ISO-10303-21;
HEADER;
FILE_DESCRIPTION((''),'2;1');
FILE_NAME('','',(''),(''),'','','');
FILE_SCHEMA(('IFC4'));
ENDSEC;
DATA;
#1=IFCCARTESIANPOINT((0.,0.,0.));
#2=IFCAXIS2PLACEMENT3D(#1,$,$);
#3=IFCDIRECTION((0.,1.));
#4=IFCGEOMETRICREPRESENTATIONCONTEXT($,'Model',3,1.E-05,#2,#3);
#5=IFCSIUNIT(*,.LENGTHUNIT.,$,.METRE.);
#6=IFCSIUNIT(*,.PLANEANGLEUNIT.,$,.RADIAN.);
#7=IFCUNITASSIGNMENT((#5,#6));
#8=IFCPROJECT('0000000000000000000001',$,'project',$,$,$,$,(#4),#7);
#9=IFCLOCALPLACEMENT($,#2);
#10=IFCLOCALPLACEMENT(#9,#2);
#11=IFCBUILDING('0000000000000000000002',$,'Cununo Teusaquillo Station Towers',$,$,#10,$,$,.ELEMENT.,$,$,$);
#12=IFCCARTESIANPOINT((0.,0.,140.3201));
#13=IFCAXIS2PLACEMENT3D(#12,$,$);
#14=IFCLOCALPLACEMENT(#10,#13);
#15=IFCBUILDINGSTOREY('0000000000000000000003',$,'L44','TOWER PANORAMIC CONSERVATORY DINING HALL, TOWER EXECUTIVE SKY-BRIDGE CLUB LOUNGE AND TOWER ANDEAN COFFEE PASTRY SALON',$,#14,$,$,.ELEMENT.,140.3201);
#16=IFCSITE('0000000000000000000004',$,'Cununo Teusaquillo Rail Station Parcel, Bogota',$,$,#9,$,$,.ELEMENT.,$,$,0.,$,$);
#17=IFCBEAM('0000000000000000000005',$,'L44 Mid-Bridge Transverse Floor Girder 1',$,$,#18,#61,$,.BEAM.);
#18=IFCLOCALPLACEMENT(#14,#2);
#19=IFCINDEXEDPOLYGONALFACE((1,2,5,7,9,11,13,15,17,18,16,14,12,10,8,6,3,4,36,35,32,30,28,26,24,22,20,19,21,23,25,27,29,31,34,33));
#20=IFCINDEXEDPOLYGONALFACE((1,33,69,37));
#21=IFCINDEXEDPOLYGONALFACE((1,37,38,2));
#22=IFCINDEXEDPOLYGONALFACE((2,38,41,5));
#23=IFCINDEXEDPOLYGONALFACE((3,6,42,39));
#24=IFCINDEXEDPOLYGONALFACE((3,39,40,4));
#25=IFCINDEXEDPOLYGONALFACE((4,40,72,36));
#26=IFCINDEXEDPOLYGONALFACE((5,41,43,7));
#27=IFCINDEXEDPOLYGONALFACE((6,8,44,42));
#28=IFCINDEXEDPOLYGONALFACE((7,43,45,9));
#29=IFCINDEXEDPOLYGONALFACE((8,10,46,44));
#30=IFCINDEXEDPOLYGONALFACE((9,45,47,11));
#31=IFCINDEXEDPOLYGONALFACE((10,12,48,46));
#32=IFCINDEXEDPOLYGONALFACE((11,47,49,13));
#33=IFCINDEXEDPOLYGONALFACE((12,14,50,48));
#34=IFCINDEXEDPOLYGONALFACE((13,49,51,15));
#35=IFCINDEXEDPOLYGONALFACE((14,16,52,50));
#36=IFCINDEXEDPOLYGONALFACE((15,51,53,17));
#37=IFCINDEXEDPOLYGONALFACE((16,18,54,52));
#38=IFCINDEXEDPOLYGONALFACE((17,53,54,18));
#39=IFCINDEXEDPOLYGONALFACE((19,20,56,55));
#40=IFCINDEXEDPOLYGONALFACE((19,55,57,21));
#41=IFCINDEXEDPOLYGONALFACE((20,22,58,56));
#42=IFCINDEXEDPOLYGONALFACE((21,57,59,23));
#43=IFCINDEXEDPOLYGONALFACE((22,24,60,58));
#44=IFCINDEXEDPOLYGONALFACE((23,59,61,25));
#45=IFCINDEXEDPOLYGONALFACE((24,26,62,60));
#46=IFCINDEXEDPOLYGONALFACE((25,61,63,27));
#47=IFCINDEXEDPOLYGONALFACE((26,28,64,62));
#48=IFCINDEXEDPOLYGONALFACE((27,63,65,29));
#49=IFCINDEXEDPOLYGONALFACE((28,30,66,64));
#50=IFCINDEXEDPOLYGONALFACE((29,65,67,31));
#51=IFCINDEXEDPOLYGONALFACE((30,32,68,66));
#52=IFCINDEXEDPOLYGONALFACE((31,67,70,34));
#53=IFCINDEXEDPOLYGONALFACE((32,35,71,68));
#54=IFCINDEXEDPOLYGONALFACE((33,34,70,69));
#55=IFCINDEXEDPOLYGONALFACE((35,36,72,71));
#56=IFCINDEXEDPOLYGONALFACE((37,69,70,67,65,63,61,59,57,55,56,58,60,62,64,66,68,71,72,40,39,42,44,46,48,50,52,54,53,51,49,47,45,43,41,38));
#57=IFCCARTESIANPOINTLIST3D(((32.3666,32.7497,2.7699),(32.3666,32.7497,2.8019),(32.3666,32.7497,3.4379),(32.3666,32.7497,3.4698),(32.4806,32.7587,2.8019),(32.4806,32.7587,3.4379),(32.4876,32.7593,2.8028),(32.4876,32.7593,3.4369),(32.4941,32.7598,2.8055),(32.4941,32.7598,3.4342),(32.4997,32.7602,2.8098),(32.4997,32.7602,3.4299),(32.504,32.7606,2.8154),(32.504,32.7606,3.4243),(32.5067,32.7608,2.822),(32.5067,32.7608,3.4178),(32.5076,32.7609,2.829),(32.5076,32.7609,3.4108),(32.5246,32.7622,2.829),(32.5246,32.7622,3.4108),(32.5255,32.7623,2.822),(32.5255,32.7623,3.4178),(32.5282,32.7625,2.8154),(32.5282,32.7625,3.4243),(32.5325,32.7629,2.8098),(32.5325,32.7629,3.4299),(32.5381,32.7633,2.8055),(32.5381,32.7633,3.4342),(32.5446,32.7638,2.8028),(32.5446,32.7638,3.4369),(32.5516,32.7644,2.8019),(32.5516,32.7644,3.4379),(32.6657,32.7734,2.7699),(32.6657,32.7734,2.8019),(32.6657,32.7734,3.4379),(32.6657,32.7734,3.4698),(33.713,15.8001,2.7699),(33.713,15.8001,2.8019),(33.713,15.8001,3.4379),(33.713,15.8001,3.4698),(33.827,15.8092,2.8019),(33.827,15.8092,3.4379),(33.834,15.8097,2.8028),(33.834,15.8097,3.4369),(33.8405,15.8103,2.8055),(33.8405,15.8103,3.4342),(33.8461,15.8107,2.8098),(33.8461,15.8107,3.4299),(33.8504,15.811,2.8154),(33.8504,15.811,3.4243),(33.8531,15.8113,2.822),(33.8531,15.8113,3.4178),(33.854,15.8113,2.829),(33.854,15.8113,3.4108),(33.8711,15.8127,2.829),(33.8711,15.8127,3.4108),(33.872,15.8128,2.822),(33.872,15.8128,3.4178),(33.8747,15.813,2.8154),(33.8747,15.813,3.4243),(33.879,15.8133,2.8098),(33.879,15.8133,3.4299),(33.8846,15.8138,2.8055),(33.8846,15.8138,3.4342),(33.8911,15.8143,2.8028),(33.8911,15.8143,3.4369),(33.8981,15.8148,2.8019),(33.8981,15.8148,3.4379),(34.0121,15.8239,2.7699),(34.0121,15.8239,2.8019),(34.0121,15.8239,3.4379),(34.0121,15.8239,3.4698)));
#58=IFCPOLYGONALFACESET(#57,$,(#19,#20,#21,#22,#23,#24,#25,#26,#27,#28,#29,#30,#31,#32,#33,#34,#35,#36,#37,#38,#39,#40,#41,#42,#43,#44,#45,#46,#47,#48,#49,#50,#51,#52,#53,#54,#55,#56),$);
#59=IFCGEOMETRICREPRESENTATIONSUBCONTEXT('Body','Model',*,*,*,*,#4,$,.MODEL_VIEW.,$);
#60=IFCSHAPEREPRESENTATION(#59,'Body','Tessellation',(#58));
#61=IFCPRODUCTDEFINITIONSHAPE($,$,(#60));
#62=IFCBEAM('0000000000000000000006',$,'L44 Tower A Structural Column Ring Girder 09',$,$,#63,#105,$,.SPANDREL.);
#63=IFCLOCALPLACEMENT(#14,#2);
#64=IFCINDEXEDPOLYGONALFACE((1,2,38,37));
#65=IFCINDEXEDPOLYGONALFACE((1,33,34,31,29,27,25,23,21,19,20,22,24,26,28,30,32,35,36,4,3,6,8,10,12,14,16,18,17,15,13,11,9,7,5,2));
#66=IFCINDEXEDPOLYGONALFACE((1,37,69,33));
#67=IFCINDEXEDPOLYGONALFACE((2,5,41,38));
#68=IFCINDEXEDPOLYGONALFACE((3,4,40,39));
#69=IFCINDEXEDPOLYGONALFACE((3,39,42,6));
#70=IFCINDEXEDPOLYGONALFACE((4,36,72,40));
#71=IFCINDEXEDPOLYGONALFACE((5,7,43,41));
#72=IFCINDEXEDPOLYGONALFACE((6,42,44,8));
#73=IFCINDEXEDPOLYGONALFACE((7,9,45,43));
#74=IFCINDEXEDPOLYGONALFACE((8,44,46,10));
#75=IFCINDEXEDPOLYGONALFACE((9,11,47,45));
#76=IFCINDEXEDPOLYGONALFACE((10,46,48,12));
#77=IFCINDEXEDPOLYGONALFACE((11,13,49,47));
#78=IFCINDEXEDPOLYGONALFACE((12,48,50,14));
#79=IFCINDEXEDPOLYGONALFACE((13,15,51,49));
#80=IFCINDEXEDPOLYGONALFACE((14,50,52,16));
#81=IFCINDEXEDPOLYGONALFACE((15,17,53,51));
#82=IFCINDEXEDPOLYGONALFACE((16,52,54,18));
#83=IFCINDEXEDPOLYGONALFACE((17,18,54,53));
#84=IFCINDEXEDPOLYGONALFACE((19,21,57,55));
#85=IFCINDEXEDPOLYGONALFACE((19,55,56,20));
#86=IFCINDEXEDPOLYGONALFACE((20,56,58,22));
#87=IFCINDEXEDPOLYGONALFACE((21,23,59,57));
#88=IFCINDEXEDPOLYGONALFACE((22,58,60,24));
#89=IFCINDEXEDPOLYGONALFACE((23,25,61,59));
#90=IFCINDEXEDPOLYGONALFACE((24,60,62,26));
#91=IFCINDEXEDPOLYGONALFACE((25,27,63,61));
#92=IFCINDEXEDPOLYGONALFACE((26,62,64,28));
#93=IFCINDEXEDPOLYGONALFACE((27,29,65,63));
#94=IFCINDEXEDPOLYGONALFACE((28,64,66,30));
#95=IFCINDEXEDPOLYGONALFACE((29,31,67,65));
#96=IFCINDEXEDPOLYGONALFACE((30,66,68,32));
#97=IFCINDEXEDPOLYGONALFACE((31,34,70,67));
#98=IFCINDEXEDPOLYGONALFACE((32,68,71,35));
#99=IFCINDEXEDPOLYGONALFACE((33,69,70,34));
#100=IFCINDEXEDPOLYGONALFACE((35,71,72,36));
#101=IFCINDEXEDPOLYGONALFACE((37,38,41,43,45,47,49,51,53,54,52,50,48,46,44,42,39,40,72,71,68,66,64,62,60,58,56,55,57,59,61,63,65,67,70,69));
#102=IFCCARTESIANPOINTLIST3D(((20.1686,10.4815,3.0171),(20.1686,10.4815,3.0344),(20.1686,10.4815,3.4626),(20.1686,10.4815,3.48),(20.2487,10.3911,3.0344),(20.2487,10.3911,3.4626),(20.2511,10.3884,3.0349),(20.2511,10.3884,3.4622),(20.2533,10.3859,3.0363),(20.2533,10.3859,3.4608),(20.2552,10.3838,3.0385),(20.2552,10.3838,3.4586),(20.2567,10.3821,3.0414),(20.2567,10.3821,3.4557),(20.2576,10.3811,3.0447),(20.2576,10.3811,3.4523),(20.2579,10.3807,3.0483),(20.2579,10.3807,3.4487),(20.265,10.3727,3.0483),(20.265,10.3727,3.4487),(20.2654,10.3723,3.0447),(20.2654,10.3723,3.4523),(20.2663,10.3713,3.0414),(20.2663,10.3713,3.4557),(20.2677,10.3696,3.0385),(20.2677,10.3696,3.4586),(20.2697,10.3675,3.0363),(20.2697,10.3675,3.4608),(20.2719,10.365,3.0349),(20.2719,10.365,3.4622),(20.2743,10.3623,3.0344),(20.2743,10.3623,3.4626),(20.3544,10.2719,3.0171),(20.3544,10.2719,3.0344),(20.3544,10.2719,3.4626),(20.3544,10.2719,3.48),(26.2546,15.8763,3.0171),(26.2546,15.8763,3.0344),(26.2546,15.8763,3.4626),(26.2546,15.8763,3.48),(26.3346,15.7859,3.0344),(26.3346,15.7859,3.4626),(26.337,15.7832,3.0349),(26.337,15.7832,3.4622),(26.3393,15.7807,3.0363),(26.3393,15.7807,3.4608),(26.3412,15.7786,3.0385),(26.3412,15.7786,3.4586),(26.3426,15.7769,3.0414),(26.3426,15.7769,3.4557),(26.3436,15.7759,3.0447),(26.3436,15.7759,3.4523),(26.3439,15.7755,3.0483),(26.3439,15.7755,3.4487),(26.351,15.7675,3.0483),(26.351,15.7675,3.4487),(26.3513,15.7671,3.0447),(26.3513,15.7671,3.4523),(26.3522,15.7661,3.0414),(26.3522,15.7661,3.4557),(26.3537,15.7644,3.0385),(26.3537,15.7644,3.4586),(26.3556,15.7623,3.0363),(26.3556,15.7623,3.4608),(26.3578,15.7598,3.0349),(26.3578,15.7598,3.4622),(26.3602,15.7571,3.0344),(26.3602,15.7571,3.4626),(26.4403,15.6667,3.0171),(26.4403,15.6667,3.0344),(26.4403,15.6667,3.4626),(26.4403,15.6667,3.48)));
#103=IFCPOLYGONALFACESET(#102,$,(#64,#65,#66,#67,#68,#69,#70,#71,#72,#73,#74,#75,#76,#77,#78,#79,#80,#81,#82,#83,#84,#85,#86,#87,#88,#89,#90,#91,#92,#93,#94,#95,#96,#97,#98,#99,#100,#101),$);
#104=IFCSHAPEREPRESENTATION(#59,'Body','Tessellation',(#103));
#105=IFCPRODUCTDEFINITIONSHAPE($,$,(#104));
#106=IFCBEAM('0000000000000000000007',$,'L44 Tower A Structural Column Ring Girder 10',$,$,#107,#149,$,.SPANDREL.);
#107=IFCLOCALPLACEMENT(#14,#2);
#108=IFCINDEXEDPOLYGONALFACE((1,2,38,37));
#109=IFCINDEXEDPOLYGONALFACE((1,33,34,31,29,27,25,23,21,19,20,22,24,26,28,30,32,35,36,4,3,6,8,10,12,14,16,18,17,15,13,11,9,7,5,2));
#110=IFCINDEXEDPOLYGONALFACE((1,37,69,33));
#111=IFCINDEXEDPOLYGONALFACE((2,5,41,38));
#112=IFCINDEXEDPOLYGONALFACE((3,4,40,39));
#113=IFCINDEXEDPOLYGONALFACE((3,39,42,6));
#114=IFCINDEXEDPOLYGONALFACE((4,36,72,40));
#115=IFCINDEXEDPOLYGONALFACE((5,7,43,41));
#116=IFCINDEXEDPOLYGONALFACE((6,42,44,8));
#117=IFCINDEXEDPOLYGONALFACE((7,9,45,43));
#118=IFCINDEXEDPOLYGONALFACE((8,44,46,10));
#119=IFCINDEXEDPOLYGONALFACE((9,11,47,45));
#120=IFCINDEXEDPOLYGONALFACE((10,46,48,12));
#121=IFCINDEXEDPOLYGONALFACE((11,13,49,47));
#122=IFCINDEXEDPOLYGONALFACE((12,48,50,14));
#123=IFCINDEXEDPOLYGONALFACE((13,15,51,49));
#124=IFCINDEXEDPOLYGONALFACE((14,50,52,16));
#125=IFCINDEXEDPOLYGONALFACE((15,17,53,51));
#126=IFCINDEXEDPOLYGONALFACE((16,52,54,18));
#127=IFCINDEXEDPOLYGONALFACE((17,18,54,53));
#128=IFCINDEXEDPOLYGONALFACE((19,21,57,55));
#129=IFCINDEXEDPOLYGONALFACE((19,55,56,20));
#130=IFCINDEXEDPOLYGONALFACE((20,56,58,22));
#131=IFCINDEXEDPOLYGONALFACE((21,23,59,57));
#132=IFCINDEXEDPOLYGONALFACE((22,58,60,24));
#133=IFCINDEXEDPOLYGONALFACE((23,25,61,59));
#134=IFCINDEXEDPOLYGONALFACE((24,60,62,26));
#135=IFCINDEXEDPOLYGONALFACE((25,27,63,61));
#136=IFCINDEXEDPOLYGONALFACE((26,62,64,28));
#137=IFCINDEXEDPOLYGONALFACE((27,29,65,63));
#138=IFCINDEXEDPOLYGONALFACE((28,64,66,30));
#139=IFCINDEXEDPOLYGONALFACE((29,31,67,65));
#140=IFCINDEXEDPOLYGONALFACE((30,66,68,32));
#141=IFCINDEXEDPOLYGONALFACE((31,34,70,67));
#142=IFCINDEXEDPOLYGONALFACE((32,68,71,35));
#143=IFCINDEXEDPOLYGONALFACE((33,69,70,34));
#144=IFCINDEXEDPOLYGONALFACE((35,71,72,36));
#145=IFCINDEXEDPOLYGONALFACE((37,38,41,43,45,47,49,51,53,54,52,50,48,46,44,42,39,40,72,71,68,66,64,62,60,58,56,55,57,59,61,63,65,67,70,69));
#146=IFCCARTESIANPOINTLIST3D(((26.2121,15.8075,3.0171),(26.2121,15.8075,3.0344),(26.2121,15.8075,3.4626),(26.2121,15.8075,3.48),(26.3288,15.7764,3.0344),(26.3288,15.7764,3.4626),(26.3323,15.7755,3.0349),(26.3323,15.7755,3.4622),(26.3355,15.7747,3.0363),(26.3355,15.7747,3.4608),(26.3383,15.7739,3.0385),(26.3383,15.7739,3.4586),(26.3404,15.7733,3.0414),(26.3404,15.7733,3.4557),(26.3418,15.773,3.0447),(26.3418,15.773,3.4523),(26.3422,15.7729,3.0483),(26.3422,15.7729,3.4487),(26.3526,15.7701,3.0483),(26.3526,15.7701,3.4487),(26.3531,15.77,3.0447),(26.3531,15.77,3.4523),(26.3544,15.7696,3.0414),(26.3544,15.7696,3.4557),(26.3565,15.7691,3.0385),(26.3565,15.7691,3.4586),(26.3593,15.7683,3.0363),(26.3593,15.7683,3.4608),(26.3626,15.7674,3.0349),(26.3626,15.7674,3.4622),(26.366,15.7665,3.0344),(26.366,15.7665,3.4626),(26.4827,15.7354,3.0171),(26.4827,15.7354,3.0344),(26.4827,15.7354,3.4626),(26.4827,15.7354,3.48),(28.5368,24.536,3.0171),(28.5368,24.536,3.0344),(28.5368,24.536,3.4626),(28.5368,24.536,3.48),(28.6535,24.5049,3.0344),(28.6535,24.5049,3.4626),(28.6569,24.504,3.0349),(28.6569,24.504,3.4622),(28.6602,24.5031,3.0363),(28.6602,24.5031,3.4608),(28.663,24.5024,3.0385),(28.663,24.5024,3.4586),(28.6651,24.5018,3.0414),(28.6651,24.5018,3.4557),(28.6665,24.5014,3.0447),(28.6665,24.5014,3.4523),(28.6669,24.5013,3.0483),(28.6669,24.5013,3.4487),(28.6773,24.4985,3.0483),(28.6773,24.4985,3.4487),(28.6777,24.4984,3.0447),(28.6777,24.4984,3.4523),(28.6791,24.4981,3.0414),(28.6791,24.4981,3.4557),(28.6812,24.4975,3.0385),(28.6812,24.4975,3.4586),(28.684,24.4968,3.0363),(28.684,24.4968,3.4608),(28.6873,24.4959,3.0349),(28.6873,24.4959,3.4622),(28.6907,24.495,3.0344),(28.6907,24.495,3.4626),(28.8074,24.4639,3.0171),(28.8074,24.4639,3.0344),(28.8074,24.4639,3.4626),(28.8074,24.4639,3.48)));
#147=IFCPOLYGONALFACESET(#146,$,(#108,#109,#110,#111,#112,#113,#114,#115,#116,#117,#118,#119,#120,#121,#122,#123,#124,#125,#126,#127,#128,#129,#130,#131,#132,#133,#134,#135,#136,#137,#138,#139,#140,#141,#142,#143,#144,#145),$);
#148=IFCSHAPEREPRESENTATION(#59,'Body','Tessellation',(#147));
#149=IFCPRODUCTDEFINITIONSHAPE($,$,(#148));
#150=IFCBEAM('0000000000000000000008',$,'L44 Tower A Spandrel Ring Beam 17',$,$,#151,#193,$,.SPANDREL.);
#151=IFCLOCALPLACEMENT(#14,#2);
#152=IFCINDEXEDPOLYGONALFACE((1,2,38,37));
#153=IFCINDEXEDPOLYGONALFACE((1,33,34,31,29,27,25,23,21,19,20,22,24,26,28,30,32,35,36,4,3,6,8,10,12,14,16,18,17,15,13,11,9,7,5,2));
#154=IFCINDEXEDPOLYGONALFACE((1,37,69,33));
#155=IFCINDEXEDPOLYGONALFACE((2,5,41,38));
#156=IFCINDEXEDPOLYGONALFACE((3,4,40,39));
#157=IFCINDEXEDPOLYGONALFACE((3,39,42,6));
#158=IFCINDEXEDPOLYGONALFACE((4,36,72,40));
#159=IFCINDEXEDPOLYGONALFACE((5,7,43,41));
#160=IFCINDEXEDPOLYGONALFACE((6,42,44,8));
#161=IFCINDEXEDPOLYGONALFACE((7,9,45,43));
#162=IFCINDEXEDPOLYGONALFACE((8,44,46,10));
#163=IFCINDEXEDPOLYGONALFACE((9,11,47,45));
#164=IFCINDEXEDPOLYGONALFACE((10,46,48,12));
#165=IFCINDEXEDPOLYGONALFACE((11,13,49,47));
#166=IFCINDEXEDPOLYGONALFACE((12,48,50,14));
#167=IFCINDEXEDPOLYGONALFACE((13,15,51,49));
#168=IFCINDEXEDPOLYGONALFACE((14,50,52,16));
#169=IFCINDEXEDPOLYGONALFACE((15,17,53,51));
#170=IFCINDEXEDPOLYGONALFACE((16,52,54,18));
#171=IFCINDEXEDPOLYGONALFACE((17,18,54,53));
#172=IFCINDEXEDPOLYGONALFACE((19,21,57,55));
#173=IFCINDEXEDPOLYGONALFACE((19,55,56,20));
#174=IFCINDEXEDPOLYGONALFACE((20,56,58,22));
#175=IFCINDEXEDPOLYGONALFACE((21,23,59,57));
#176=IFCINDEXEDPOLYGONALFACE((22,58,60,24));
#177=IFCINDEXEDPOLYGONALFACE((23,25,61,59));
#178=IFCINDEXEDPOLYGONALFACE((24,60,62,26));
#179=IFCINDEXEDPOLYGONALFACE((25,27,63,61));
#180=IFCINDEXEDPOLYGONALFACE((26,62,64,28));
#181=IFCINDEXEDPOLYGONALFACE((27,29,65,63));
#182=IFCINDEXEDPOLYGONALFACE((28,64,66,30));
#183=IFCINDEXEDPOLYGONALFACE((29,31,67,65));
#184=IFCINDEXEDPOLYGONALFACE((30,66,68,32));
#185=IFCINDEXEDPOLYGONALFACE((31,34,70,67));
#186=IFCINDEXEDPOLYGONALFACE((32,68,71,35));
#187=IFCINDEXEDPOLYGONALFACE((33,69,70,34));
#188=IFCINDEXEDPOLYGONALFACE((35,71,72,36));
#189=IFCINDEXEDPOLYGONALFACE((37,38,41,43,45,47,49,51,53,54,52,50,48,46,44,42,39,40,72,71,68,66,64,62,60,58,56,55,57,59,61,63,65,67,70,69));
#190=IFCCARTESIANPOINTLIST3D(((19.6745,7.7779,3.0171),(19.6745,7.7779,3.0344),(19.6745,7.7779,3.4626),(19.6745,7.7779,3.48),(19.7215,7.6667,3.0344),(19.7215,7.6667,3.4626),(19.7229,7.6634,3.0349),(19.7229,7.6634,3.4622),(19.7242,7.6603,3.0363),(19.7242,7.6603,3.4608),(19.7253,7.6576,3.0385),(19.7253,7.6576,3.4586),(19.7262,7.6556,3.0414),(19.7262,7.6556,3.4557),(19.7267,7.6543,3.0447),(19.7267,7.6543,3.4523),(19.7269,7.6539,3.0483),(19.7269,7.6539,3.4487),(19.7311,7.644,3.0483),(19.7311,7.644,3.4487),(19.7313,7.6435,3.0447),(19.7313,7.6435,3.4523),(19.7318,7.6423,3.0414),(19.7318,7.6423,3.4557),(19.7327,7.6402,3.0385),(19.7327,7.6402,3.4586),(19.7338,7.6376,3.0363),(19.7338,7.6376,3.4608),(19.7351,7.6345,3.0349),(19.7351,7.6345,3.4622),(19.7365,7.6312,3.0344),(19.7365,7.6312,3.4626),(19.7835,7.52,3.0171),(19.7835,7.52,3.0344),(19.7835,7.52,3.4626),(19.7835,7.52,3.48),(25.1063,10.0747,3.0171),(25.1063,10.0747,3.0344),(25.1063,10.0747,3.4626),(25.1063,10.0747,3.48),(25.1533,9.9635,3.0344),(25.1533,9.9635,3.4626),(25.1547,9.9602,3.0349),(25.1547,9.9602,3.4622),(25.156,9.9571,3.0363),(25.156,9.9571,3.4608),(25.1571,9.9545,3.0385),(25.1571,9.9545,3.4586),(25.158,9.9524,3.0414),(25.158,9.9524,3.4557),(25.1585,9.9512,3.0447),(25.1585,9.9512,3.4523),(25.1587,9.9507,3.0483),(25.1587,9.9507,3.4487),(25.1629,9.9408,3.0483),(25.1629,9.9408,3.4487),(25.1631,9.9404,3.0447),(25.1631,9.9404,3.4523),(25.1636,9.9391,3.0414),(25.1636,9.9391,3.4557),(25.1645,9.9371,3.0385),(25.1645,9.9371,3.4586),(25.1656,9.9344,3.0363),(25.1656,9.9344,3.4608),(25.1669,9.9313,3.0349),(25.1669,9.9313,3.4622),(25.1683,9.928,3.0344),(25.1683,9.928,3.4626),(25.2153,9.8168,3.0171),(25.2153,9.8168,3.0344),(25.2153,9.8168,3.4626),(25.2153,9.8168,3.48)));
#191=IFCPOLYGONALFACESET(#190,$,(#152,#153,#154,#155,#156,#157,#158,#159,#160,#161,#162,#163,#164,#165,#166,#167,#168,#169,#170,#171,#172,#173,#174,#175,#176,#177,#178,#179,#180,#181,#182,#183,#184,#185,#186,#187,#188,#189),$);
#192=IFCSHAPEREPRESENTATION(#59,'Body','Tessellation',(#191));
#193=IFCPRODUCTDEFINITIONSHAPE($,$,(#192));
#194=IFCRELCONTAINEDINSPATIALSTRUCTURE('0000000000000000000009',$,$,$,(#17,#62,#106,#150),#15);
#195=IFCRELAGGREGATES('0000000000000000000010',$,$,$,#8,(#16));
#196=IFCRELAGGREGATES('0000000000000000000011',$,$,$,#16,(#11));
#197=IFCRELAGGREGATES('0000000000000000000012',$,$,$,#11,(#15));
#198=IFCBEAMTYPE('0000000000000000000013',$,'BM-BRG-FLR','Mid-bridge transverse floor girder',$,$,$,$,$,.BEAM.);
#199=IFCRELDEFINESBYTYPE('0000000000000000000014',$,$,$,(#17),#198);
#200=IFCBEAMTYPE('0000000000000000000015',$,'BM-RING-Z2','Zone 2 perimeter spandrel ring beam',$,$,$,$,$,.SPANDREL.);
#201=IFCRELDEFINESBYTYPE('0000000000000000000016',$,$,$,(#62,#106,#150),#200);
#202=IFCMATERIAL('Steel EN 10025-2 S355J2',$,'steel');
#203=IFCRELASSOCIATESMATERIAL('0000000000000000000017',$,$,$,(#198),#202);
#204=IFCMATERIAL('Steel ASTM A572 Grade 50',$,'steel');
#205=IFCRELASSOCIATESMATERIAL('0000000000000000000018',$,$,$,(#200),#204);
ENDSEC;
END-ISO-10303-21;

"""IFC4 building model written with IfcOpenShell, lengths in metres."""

from ifc_helpers import new_model, si_unit, direction, frame, origin, origin_2d, place, context, subcontext, project, spatial, i_section, extrude, material, material_profile, profile_set, type_object, element, save


model = new_model("IFC4")

# Units and contexts
model_context = context("Model", 3, precision=1e-05, world=origin(), true_north=direction((0.0, 1.0)))
body_context = subcontext(model_context, "Body", "Model", "MODEL_VIEW")
ifc_project = project(units=[si_unit("LENGTHUNIT", "METRE"), si_unit("PLANEANGLEUNIT", "RADIAN")], contexts=[model_context])

# Site, building, storey
site_placement = place(None, origin())
site = spatial("IfcSite", under=ifc_project, at=site_placement, Name="Cununo Teusaquillo Rail Station Parcel, Bogota", CompositionType="ELEMENT", RefElevation=0.0)
building_placement = place(site_placement, origin())
building = spatial("IfcBuilding", under=site, at=building_placement, Name="Cununo Teusaquillo Station Towers", CompositionType="ELEMENT")
storey_placement = place(building_placement, frame((0.0, 0.0, 140.3201)))
storey = spatial("IfcBuildingStorey", under=building, at=storey_placement, Name="L44", Description="TOWER PANORAMIC CONSERVATORY DINING HALL, TOWER EXECUTIVE SKY-BRIDGE CLUB LOUNGE AND TOWER ANDEAN COFFEE PASTRY SALON", CompositionType="ELEMENT", Elevation=140.3201)

# Beams
ifc_material_1 = material(Name="Steel EN 10025-2 S355J2", Category="steel")
ifc_material_profile_1 = material_profile(ifc_material_1, i_section(OverallWidth=0.3, OverallDepth=0.7, WebThickness=0.0171, FlangeThickness=0.032, FilletRadius=0.0271, at=origin_2d()), Name="HEB 700")
ifc_profile_set_1 = profile_set([ifc_material_profile_1], Name="Steel EN 10025-2 S355J2")
beam_type_1 = type_object("IfcBeamType", Name="BM-BRG-FLR", Description="Mid-bridge transverse floor girder", PredefinedType="BEAM", material=ifc_profile_set_1)
beam_1_placement = place(storey_placement, frame((33.8625, 15.812, 3.1199), z_axis=(-0.079189, 0.99686, 0.0), x_axis=(-0.99686, -0.079189, 0.0)))
element("IfcBeam", 1, at=beam_1_placement, inside=storey, type_object=beam_type_1, Name="L44 Mid-Bridge Transverse Floor Girder 1", PredefinedType="BEAM", context=body_context, shape_type="SweptSolid", body=[
    extrude(i_section(OverallWidth=0.3, OverallDepth=0.7, WebThickness=0.0171, FlangeThickness=0.032, FilletRadius=0.0271, at=origin_2d()), origin(), (0.0, 0.0, 1.0), 17.0029),
])
ifc_material_2 = material(Name="Steel ASTM A572 Grade 50", Category="steel")
ifc_material_profile_2 = material_profile(ifc_material_2, i_section(OverallWidth=0.28, OverallDepth=0.4629, WebThickness=0.0107, FlangeThickness=0.0173, FilletRadius=0.0139, at=origin_2d()), Name="W18X76")
ifc_profile_set_2 = profile_set([ifc_material_profile_2], Name="Steel ASTM A572 Grade 50")
beam_type_2 = type_object("IfcBeamType", Name="BM-RING-Z2", Description="Zone 2 perimeter spandrel ring beam", PredefinedType="SPANDREL", material=ifc_profile_set_2)
beam_2_placement = place(storey_placement, frame((20.2615, 10.3767, 3.2485), z_axis=(0.748321, 0.663337, 0.0), x_axis=(-0.663337, 0.748321, 0.0)))
element("IfcBeam", 2, at=beam_2_placement, inside=storey, type_object=beam_type_2, Name="L44 Tower A Structural Column Ring Girder 09", PredefinedType="SPANDREL", context=body_context, shape_type="SweptSolid", body=[
    extrude(i_section(OverallWidth=0.28, OverallDepth=0.4629, WebThickness=0.0107, FlangeThickness=0.0173, FilletRadius=0.0139, at=origin_2d()), origin(), (0.0, 0.0, 1.0), 8.1328),
])
beam_3_placement = place(storey_placement, frame((26.3474, 15.7715, 3.2485), z_axis=(0.257363, 0.966315, 0.0), x_axis=(-0.966315, 0.257363, 0.0)))
element("IfcBeam", 3, at=beam_3_placement, inside=storey, type_object=beam_type_2, Name="L44 Tower A Structural Column Ring Girder 10", PredefinedType="SPANDREL", context=body_context, shape_type="SweptSolid", body=[
    extrude(i_section(OverallWidth=0.28, OverallDepth=0.4629, WebThickness=0.0107, FlangeThickness=0.0173, FilletRadius=0.0139, at=origin_2d()), origin(), (0.0, 0.0, 1.0), 9.0327),
])
beam_4_placement = place(storey_placement, frame((19.729, 7.6489, 3.2485), z_axis=(0.921042, 0.389463, 0.0), x_axis=(-0.389463, 0.921042, 0.0)))
element("IfcBeam", 4, at=beam_4_placement, inside=storey, type_object=beam_type_2, Name="L44 Tower A Spandrel Ring Beam 17", PredefinedType="SPANDREL", context=body_context, shape_type="SweptSolid", body=[
    extrude(i_section(OverallWidth=0.28, OverallDepth=0.4629, WebThickness=0.0107, FlangeThickness=0.0173, FilletRadius=0.0139, at=origin_2d()), origin(), (0.0, 0.0, 1.0), 5.8975),
])

save(model, "model.ifc")
